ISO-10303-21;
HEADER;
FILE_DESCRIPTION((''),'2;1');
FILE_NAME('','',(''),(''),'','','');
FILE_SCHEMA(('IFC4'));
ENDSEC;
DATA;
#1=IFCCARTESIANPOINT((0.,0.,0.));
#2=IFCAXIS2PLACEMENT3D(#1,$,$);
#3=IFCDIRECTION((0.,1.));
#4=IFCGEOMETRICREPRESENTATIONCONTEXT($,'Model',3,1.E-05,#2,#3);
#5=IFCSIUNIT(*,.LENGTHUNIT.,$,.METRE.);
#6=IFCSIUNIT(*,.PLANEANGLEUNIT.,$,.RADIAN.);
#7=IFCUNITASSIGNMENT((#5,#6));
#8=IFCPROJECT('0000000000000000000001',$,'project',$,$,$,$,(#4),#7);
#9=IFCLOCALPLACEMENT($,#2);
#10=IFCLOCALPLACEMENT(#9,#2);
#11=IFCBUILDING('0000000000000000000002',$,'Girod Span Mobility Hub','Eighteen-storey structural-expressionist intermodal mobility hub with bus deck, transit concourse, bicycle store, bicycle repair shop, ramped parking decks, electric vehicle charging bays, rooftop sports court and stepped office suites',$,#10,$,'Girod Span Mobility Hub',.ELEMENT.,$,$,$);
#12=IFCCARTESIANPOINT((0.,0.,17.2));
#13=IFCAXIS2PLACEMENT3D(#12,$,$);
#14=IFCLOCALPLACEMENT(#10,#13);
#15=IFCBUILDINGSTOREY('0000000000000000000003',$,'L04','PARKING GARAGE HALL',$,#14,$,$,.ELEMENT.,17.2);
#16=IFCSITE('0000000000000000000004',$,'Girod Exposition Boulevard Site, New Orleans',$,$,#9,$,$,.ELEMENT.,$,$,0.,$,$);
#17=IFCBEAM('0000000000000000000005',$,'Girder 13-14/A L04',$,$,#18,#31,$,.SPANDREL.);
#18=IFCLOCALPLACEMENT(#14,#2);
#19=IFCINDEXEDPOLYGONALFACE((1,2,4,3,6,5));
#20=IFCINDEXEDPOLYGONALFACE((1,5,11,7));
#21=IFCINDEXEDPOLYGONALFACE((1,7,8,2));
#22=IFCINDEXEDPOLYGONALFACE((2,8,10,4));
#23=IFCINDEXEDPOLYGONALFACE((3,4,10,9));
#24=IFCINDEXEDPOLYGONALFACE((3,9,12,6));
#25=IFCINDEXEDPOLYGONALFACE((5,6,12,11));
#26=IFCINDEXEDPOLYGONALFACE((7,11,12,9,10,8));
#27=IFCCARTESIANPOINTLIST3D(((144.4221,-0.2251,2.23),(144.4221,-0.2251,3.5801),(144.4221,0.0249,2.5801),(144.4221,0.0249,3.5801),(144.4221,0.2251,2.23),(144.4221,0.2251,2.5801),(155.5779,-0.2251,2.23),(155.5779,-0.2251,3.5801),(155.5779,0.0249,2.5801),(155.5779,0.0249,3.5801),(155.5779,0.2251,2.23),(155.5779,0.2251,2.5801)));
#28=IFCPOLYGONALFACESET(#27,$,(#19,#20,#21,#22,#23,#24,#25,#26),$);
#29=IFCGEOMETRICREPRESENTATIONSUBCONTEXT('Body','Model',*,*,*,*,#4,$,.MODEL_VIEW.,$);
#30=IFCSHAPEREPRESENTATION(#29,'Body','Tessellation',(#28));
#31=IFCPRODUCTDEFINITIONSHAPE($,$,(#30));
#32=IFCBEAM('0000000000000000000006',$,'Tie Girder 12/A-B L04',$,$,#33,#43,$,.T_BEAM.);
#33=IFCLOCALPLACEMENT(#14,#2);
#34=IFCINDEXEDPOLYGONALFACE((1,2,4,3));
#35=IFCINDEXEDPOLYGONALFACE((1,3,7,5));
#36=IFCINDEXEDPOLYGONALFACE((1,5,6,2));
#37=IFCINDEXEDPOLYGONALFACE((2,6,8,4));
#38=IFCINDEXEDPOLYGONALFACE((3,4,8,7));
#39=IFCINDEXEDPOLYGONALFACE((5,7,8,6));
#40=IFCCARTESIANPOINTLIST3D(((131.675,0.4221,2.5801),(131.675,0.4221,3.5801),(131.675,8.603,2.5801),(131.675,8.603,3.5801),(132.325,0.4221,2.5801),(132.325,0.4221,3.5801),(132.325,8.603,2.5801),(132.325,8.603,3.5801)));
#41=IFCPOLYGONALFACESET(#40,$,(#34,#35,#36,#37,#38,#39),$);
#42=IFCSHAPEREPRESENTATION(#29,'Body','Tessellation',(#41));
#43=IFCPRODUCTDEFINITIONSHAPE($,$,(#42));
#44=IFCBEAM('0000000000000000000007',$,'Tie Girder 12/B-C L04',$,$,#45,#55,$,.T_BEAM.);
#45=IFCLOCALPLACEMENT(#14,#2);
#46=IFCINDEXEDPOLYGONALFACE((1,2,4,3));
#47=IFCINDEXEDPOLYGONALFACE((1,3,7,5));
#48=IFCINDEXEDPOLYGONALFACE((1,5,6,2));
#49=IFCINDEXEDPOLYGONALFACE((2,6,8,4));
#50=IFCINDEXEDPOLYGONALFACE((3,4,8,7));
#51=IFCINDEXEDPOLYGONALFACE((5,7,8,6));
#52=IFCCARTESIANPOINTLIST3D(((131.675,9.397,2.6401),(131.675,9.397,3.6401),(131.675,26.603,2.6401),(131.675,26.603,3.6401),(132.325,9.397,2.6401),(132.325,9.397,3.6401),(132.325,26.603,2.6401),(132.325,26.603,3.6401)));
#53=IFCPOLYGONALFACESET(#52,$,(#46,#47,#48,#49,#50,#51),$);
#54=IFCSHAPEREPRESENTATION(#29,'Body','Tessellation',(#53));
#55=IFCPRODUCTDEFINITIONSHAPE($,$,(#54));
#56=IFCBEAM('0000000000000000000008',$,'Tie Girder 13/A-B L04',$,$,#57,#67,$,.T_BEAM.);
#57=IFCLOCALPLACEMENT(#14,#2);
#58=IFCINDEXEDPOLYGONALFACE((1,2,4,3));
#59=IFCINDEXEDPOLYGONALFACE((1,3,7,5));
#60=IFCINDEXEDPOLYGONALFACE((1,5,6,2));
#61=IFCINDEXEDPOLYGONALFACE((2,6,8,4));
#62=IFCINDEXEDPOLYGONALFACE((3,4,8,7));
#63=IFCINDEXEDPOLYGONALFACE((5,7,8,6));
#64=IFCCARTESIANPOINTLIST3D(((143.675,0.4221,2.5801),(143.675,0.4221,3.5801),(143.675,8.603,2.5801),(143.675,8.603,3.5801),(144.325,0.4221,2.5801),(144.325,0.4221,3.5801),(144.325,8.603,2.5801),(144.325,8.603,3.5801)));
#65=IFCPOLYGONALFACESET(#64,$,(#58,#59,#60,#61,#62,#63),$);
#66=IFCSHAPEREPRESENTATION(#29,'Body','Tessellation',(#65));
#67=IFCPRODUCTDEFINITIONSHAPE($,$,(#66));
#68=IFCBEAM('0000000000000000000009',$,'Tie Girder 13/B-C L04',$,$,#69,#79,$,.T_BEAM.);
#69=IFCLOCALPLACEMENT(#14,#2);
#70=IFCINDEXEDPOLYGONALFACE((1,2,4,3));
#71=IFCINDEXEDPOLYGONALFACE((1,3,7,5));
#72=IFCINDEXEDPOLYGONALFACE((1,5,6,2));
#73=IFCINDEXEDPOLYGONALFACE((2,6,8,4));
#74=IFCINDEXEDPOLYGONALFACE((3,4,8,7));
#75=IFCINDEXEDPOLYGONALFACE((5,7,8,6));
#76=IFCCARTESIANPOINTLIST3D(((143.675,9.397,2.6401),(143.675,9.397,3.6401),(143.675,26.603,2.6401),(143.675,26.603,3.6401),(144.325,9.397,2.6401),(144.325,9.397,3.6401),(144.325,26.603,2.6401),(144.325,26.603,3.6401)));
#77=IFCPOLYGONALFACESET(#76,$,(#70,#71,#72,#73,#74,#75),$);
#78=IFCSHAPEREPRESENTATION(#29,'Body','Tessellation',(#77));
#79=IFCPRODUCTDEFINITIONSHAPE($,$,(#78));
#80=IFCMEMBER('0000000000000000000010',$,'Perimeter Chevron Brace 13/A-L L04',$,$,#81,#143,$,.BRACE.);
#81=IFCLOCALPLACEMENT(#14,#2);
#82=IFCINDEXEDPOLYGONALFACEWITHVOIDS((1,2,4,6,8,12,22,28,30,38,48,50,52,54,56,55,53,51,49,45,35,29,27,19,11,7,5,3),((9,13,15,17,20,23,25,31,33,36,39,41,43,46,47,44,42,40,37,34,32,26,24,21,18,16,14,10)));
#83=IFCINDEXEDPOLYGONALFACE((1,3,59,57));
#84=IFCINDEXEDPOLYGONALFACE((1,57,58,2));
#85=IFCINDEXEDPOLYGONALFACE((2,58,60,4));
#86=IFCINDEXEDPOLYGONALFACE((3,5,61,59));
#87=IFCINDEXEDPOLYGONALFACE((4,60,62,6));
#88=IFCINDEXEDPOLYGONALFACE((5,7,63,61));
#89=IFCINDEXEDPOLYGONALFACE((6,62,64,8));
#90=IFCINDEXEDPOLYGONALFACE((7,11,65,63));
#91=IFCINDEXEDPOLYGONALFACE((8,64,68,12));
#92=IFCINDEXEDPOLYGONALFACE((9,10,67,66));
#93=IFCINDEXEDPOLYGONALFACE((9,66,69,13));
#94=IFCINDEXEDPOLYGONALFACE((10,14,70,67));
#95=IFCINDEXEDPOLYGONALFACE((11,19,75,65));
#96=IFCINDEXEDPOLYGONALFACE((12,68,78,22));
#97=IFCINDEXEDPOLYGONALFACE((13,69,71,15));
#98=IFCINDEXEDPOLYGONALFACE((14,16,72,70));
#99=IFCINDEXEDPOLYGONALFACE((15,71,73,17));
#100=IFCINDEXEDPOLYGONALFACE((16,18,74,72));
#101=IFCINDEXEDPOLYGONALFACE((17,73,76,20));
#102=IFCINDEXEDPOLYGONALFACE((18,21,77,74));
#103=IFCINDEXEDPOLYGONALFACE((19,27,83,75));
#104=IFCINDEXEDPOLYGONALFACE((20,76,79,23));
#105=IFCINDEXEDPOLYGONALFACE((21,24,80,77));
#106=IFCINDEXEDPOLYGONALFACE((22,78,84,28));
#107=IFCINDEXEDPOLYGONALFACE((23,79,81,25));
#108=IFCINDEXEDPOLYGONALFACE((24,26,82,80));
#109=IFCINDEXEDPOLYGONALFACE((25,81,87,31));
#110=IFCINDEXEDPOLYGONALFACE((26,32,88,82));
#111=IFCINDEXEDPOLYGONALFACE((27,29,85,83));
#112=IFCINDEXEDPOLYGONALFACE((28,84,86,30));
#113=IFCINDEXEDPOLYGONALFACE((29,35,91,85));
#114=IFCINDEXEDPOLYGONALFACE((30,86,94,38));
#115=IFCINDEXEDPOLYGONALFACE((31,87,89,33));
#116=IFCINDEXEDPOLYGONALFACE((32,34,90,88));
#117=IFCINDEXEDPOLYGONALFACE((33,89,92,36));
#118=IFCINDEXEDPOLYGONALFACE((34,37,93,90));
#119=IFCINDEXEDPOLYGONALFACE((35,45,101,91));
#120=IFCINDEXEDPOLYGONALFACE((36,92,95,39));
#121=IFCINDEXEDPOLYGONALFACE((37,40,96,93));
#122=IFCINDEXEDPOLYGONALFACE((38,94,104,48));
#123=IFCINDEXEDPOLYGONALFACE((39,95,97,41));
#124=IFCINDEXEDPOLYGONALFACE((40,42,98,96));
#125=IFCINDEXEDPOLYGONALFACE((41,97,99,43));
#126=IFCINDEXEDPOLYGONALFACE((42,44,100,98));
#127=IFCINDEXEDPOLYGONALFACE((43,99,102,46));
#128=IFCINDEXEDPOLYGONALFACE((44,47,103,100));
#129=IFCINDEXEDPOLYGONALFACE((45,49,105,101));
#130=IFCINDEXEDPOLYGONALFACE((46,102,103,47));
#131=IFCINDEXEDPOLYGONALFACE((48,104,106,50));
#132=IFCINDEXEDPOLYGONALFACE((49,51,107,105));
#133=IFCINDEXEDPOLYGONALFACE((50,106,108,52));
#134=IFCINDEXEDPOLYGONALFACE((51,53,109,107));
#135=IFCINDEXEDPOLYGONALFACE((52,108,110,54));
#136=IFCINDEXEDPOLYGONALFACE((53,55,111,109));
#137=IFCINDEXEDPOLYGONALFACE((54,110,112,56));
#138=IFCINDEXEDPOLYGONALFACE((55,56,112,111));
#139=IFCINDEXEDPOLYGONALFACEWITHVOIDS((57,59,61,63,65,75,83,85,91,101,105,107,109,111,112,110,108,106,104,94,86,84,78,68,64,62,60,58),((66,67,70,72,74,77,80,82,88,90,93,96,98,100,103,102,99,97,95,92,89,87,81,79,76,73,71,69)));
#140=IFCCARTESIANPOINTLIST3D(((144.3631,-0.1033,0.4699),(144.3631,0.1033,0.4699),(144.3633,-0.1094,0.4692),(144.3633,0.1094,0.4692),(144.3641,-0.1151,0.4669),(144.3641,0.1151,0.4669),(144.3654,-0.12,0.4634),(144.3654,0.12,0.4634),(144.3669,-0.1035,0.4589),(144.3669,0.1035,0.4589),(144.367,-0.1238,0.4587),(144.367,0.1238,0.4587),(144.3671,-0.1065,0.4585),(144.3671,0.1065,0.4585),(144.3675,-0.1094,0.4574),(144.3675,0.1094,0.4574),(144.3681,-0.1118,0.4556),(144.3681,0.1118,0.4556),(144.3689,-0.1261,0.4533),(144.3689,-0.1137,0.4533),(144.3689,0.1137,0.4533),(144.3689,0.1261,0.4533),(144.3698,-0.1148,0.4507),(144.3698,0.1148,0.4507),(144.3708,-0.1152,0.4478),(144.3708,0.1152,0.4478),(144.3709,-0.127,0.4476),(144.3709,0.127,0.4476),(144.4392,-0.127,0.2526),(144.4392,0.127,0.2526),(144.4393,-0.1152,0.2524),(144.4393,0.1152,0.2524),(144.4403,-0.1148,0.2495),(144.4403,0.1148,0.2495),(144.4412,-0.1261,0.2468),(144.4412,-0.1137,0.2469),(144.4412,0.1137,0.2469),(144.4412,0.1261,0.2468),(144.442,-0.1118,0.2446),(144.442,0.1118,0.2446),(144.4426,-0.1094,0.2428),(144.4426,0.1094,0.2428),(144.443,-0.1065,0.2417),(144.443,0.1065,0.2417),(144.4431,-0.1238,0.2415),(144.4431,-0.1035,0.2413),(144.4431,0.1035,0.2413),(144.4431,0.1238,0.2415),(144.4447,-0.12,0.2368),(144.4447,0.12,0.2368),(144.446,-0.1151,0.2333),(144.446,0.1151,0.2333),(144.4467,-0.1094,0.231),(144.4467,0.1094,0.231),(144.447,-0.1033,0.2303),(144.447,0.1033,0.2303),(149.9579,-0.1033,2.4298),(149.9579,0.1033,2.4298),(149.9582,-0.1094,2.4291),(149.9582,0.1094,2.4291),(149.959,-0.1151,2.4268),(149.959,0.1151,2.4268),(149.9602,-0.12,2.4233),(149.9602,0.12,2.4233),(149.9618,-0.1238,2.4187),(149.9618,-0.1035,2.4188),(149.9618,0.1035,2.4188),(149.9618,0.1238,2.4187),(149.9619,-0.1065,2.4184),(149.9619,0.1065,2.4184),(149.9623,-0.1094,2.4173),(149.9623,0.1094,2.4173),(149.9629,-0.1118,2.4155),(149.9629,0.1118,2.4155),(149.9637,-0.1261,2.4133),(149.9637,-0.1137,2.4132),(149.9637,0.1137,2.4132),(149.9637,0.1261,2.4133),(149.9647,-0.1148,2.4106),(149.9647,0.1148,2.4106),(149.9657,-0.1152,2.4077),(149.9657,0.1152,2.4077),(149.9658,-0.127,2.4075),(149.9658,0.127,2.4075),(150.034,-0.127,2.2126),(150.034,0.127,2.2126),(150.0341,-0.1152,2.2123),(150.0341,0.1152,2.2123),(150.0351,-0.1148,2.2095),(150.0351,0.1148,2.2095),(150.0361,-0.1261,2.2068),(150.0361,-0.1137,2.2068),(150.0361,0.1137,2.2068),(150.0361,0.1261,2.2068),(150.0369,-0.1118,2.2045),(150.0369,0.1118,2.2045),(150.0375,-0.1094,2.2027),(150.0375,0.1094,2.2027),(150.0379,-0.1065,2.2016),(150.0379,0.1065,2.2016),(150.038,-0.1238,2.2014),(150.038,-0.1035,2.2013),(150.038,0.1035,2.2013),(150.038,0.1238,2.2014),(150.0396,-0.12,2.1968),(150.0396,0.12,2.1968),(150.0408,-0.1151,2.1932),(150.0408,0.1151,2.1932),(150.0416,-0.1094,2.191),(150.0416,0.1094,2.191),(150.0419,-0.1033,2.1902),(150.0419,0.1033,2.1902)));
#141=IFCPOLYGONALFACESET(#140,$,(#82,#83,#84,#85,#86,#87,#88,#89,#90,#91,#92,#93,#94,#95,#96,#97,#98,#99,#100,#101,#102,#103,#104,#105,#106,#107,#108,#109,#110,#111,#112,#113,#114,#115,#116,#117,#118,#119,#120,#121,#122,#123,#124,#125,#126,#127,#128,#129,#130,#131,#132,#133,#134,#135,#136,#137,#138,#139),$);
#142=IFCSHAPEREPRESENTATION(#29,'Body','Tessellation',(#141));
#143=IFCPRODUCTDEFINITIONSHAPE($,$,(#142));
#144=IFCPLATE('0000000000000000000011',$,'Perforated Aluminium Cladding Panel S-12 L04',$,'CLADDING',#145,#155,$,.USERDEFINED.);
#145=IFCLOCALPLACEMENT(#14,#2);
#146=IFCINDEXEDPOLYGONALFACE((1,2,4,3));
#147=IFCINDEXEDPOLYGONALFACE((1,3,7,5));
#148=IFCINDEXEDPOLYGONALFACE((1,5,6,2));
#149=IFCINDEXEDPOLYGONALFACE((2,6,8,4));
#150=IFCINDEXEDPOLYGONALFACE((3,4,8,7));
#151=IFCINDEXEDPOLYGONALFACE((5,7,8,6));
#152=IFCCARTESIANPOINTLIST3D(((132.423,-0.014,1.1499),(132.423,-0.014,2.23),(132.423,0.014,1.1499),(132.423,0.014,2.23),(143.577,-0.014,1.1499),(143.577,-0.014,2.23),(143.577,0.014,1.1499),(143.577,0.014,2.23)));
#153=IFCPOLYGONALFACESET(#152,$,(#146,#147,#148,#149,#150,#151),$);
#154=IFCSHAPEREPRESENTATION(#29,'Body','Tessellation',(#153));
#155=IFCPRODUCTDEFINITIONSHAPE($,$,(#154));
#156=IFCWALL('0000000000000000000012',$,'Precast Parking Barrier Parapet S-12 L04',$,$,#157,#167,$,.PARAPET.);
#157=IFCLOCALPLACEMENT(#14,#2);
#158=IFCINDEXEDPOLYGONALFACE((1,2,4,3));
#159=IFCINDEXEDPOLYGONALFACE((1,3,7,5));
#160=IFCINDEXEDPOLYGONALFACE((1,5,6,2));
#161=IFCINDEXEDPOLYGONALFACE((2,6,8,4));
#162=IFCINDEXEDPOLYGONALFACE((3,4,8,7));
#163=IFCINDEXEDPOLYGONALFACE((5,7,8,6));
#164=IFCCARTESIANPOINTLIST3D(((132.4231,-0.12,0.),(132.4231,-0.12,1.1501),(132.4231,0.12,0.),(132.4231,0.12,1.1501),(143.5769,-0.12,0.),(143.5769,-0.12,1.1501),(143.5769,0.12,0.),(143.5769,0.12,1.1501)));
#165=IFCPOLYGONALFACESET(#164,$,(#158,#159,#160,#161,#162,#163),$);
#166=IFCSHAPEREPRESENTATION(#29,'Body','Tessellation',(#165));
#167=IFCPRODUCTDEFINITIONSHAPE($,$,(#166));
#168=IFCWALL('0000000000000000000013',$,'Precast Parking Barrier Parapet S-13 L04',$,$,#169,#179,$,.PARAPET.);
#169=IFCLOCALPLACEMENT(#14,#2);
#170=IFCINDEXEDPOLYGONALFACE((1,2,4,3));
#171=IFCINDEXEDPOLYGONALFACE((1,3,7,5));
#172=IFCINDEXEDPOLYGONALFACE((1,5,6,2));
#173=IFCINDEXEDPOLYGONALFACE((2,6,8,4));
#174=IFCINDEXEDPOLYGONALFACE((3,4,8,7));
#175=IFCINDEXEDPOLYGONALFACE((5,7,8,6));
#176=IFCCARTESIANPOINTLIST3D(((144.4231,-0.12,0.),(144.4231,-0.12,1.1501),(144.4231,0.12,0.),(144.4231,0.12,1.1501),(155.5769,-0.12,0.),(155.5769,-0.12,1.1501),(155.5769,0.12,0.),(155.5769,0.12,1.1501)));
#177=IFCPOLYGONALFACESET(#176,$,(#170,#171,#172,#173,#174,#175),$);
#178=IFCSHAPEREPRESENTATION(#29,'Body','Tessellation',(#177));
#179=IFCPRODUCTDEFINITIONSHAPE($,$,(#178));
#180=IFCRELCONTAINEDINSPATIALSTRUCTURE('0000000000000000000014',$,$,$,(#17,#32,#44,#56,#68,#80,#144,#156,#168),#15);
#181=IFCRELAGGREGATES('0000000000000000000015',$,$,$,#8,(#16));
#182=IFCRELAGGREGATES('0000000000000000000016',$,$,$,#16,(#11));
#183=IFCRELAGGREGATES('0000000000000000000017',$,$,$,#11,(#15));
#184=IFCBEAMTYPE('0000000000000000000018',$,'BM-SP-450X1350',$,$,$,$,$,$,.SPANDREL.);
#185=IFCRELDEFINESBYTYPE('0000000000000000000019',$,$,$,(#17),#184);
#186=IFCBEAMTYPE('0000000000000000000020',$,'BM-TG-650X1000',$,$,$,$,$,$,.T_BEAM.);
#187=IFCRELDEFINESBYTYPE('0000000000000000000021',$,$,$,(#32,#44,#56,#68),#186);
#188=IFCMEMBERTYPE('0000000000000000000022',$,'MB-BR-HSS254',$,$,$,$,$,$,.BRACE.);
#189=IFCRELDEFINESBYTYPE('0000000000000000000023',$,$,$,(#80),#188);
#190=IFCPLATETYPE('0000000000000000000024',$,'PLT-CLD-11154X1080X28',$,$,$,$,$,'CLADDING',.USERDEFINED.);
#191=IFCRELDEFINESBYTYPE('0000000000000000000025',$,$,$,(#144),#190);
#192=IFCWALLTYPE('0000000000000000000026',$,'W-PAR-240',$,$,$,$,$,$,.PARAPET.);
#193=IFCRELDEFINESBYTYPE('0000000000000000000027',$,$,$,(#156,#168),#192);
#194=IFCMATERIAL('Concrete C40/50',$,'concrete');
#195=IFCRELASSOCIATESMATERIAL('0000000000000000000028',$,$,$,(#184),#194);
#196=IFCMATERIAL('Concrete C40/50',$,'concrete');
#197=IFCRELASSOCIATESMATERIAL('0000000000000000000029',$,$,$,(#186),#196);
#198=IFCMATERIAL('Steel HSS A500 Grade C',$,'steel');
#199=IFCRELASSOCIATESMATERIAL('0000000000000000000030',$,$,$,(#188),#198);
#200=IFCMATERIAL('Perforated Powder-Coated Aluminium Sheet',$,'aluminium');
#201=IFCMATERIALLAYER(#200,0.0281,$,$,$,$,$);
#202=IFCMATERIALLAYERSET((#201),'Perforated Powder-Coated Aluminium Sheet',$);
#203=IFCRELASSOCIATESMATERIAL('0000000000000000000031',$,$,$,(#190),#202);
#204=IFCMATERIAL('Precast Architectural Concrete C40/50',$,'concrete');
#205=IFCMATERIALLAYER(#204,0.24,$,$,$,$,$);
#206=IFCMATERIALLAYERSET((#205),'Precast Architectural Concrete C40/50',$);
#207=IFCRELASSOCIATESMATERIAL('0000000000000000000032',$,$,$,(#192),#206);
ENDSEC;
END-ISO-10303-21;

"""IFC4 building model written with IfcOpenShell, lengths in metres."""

from ifc_helpers import new_model, si_unit, direction, frame, frame_2d, origin, origin_2d, place, context, subcontext, project, spatial, polyline, rectangle, hollow_rectangle, outline, extrude, material, layer, layer_set, material_profile, profile_set, type_object, element, save


model = new_model("IFC4")

# Units and contexts
model_context = context("Model", 3, precision=1e-05, world=origin(), true_north=direction((0.0, 1.0)))
body_context = subcontext(model_context, "Body", "Model", "MODEL_VIEW")
ifc_project = project(units=[si_unit("LENGTHUNIT", "METRE"), si_unit("PLANEANGLEUNIT", "RADIAN")], contexts=[model_context])

# Site, building, storey
site_placement = place(None, origin())
site = spatial("IfcSite", under=ifc_project, at=site_placement, Name="Girod Exposition Boulevard Site, New Orleans", CompositionType="ELEMENT", RefElevation=0.0)
building_placement = place(site_placement, origin())
building = spatial("IfcBuilding", under=site, at=building_placement, Name="Girod Span Mobility Hub", Description="Eighteen-storey structural-expressionist intermodal mobility hub with bus deck, transit concourse, bicycle store, bicycle repair shop, ramped parking decks, electric vehicle charging bays, rooftop sports court and stepped office suites", LongName="Girod Span Mobility Hub", CompositionType="ELEMENT")
storey_placement = place(building_placement, frame((0.0, 0.0, 17.2)))
storey = spatial("IfcBuildingStorey", under=building, at=storey_placement, Name="L04", Description="PARKING GARAGE HALL", CompositionType="ELEMENT", Elevation=17.2)

# Beams
ifc_material_1 = material(Name="Concrete C40/50", Category="concrete")
ifc_material_profile_1 = material_profile(ifc_material_1, outline(polyline([(-0.2251, -0.675), (0.2251, -0.675), (0.2251, -0.325), (0.0249, -0.325), (0.0249, 0.675), (-0.2251, 0.675), (-0.2251, -0.675)])), Name="SP-450X1350")
ifc_profile_set_1 = profile_set([ifc_material_profile_1], Name="Concrete C40/50")
beam_type_1 = type_object("IfcBeamType", Name="BM-SP-450X1350", PredefinedType="SPANDREL", material=ifc_profile_set_1)
for number, where, z_axis, x_axis, name in (
    (1, (144.4221, 0.0, 2.905), (1.0, 0.0, 0.0), (0.0, 1.0, 0.0), "Girder 13-14/A L04"),
):
    element("IfcBeam", number, at=place(storey_placement, frame(where, z_axis=z_axis, x_axis=x_axis)), inside=storey, type_object=beam_type_1, Name=name, PredefinedType="SPANDREL", context=body_context, shape_type="SweptSolid", body=[
        extrude(outline(polyline([(-0.2251, -0.675), (0.2251, -0.675), (0.2251, -0.325), (0.0249, -0.325), (0.0249, 0.675), (-0.2251, 0.675), (-0.2251, -0.675)])), origin(), (0.0, 0.0, 1.0), 11.1558),
    ])
ifc_material_2 = material(Name="Concrete C40/50", Category="concrete")
ifc_material_profile_2 = material_profile(ifc_material_2, rectangle(XDim=0.6499, YDim=1.0, at=origin_2d()), Name="TG-650X1000")
ifc_profile_set_2 = profile_set([ifc_material_profile_2], Name="Concrete C40/50")
beam_type_2 = type_object("IfcBeamType", Name="BM-TG-650X1000", PredefinedType="T_BEAM", material=ifc_profile_set_2)
beam_1_placement = place(storey_placement, frame((132.0, 0.4221, 3.0801), z_axis=(0.0, 1.0, 0.0), x_axis=(-1.0, 0.0, 0.0)))
element("IfcBeam", 2, at=beam_1_placement, inside=storey, type_object=beam_type_2, Name="Tie Girder 12/A-B L04", PredefinedType="T_BEAM", context=body_context, shape_type="SweptSolid", body=[
    extrude(rectangle(XDim=0.6499, YDim=1.0, at=origin_2d()), origin(), (0.0, 0.0, 1.0), 8.1809),
])
beam_2_placement = place(storey_placement, frame((132.0, 9.397, 3.1401), z_axis=(0.0, 1.0, 0.0), x_axis=(-1.0, 0.0, 0.0)))
element("IfcBeam", 3, at=beam_2_placement, inside=storey, type_object=beam_type_2, Name="Tie Girder 12/B-C L04", PredefinedType="T_BEAM", context=body_context, shape_type="SweptSolid", body=[
    extrude(rectangle(XDim=0.6499, YDim=1.0, at=origin_2d()), origin(), (0.0, 0.0, 1.0), 17.2061),
])
beam_3_placement = place(storey_placement, frame((144.0, 0.4221, 3.0801), z_axis=(0.0, 1.0, 0.0), x_axis=(-1.0, 0.0, 0.0)))
element("IfcBeam", 4, at=beam_3_placement, inside=storey, type_object=beam_type_2, Name="Tie Girder 13/A-B L04", PredefinedType="T_BEAM", context=body_context, shape_type="SweptSolid", body=[
    extrude(rectangle(XDim=0.6499, YDim=1.0, at=origin_2d()), origin(), (0.0, 0.0, 1.0), 8.1809),
])
beam_4_placement = place(storey_placement, frame((144.0, 9.397, 3.1401), z_axis=(0.0, 1.0, 0.0), x_axis=(-1.0, 0.0, 0.0)))
element("IfcBeam", 5, at=beam_4_placement, inside=storey, type_object=beam_type_2, Name="Tie Girder 13/B-C L04", PredefinedType="T_BEAM", context=body_context, shape_type="SweptSolid", body=[
    extrude(rectangle(XDim=0.6499, YDim=1.0, at=origin_2d()), origin(), (0.0, 0.0, 1.0), 17.2061),
])

# Member
ifc_material_3 = material(Name="Steel HSS A500 Grade C", Category="steel")
ifc_material_profile_3 = material_profile(ifc_material_3, hollow_rectangle(XDim=0.2539, YDim=0.2539, WallThickness=0.0117, InnerFilletRadius=0.0117, OuterFilletRadius=0.0237, at=origin_2d()), Name="HSS254X254X12.7")
ifc_profile_set_3 = profile_set([ifc_material_profile_3], Name="Steel HSS A500 Grade C")
member_type = type_object("IfcMemberType", Name="MB-BR-HSS254", PredefinedType="BRACE", material=ifc_profile_set_3)
member_placement = place(storey_placement, frame((144.405, 0.0, 0.3501), z_axis=(0.943768, 0.0, 0.330609), x_axis=(0.0, 1.0, 0.0)))
element("IfcMember", 6, at=member_placement, inside=storey, type_object=member_type, Name="Perimeter Chevron Brace 13/A-L L04", PredefinedType="BRACE", context=body_context, shape_type="SweptSolid", body=[
    extrude(hollow_rectangle(XDim=0.2539, YDim=0.2539, WallThickness=0.0117, InnerFilletRadius=0.0117, OuterFilletRadius=0.0237, at=origin_2d()), origin(), (0.0, 0.0, 1.0), 5.9282),
])

# Plate
ifc_material_4 = material(Name="Perforated Powder-Coated Aluminium Sheet", Category="aluminium")
ifc_layer_1 = layer(ifc_material_4, 0.0281)
ifc_layer_set_1 = layer_set([ifc_layer_1], Name="Perforated Powder-Coated Aluminium Sheet")
plate_type = type_object("IfcPlateType", Name="PLT-CLD-11154X1080X28", ElementType="CLADDING", PredefinedType="USERDEFINED", material=ifc_layer_set_1)
plate_placement = place(storey_placement, frame((138.0, 0.0, 1.1499), z_axis=(0.0, 0.0, 1.0), x_axis=(1.0, 0.0, 0.0)))
element("IfcPlate", 7, at=plate_placement, inside=storey, type_object=plate_type, Name="Perforated Aluminium Cladding Panel S-12 L04", ObjectType="CLADDING", PredefinedType="USERDEFINED", context=body_context, shape_type="SweptSolid", body=[
    extrude(rectangle(XDim=11.1541, YDim=0.0281, at=origin_2d()), origin(), (0.0, 0.0, 1.0), 1.0801),
])

# Walls
ifc_material_5 = material(Name="Precast Architectural Concrete C40/50", Category="concrete")
ifc_layer_2 = layer(ifc_material_5, 0.24)
ifc_layer_set_2 = layer_set([ifc_layer_2], Name="Precast Architectural Concrete C40/50")
wall_type = type_object("IfcWallType", Name="W-PAR-240", PredefinedType="PARAPET", material=ifc_layer_set_2)
for number, where, z_axis, x_axis, name in (
    (8, (132.4231, 0.0, 0.0), (0.0, 0.0, 1.0), (1.0, 0.0, 0.0), "Precast Parking Barrier Parapet S-12 L04"),
    (9, (144.4231, 0.0, 0.0), (0.0, 0.0, 1.0), (1.0, 0.0, 0.0), "Precast Parking Barrier Parapet S-13 L04"),
):
    element("IfcWall", number, at=place(storey_placement, frame(where, z_axis=z_axis, x_axis=x_axis)), inside=storey, type_object=wall_type, Name=name, PredefinedType="PARAPET", context=body_context, shape_type="SweptSolid", body=[
        extrude(rectangle(XDim=11.1538, YDim=0.24, at=frame_2d((5.5769, 0.0))), origin(), (0.0, 0.0, 1.0), 1.1501),
    ])

save(model, "model.ifc")
